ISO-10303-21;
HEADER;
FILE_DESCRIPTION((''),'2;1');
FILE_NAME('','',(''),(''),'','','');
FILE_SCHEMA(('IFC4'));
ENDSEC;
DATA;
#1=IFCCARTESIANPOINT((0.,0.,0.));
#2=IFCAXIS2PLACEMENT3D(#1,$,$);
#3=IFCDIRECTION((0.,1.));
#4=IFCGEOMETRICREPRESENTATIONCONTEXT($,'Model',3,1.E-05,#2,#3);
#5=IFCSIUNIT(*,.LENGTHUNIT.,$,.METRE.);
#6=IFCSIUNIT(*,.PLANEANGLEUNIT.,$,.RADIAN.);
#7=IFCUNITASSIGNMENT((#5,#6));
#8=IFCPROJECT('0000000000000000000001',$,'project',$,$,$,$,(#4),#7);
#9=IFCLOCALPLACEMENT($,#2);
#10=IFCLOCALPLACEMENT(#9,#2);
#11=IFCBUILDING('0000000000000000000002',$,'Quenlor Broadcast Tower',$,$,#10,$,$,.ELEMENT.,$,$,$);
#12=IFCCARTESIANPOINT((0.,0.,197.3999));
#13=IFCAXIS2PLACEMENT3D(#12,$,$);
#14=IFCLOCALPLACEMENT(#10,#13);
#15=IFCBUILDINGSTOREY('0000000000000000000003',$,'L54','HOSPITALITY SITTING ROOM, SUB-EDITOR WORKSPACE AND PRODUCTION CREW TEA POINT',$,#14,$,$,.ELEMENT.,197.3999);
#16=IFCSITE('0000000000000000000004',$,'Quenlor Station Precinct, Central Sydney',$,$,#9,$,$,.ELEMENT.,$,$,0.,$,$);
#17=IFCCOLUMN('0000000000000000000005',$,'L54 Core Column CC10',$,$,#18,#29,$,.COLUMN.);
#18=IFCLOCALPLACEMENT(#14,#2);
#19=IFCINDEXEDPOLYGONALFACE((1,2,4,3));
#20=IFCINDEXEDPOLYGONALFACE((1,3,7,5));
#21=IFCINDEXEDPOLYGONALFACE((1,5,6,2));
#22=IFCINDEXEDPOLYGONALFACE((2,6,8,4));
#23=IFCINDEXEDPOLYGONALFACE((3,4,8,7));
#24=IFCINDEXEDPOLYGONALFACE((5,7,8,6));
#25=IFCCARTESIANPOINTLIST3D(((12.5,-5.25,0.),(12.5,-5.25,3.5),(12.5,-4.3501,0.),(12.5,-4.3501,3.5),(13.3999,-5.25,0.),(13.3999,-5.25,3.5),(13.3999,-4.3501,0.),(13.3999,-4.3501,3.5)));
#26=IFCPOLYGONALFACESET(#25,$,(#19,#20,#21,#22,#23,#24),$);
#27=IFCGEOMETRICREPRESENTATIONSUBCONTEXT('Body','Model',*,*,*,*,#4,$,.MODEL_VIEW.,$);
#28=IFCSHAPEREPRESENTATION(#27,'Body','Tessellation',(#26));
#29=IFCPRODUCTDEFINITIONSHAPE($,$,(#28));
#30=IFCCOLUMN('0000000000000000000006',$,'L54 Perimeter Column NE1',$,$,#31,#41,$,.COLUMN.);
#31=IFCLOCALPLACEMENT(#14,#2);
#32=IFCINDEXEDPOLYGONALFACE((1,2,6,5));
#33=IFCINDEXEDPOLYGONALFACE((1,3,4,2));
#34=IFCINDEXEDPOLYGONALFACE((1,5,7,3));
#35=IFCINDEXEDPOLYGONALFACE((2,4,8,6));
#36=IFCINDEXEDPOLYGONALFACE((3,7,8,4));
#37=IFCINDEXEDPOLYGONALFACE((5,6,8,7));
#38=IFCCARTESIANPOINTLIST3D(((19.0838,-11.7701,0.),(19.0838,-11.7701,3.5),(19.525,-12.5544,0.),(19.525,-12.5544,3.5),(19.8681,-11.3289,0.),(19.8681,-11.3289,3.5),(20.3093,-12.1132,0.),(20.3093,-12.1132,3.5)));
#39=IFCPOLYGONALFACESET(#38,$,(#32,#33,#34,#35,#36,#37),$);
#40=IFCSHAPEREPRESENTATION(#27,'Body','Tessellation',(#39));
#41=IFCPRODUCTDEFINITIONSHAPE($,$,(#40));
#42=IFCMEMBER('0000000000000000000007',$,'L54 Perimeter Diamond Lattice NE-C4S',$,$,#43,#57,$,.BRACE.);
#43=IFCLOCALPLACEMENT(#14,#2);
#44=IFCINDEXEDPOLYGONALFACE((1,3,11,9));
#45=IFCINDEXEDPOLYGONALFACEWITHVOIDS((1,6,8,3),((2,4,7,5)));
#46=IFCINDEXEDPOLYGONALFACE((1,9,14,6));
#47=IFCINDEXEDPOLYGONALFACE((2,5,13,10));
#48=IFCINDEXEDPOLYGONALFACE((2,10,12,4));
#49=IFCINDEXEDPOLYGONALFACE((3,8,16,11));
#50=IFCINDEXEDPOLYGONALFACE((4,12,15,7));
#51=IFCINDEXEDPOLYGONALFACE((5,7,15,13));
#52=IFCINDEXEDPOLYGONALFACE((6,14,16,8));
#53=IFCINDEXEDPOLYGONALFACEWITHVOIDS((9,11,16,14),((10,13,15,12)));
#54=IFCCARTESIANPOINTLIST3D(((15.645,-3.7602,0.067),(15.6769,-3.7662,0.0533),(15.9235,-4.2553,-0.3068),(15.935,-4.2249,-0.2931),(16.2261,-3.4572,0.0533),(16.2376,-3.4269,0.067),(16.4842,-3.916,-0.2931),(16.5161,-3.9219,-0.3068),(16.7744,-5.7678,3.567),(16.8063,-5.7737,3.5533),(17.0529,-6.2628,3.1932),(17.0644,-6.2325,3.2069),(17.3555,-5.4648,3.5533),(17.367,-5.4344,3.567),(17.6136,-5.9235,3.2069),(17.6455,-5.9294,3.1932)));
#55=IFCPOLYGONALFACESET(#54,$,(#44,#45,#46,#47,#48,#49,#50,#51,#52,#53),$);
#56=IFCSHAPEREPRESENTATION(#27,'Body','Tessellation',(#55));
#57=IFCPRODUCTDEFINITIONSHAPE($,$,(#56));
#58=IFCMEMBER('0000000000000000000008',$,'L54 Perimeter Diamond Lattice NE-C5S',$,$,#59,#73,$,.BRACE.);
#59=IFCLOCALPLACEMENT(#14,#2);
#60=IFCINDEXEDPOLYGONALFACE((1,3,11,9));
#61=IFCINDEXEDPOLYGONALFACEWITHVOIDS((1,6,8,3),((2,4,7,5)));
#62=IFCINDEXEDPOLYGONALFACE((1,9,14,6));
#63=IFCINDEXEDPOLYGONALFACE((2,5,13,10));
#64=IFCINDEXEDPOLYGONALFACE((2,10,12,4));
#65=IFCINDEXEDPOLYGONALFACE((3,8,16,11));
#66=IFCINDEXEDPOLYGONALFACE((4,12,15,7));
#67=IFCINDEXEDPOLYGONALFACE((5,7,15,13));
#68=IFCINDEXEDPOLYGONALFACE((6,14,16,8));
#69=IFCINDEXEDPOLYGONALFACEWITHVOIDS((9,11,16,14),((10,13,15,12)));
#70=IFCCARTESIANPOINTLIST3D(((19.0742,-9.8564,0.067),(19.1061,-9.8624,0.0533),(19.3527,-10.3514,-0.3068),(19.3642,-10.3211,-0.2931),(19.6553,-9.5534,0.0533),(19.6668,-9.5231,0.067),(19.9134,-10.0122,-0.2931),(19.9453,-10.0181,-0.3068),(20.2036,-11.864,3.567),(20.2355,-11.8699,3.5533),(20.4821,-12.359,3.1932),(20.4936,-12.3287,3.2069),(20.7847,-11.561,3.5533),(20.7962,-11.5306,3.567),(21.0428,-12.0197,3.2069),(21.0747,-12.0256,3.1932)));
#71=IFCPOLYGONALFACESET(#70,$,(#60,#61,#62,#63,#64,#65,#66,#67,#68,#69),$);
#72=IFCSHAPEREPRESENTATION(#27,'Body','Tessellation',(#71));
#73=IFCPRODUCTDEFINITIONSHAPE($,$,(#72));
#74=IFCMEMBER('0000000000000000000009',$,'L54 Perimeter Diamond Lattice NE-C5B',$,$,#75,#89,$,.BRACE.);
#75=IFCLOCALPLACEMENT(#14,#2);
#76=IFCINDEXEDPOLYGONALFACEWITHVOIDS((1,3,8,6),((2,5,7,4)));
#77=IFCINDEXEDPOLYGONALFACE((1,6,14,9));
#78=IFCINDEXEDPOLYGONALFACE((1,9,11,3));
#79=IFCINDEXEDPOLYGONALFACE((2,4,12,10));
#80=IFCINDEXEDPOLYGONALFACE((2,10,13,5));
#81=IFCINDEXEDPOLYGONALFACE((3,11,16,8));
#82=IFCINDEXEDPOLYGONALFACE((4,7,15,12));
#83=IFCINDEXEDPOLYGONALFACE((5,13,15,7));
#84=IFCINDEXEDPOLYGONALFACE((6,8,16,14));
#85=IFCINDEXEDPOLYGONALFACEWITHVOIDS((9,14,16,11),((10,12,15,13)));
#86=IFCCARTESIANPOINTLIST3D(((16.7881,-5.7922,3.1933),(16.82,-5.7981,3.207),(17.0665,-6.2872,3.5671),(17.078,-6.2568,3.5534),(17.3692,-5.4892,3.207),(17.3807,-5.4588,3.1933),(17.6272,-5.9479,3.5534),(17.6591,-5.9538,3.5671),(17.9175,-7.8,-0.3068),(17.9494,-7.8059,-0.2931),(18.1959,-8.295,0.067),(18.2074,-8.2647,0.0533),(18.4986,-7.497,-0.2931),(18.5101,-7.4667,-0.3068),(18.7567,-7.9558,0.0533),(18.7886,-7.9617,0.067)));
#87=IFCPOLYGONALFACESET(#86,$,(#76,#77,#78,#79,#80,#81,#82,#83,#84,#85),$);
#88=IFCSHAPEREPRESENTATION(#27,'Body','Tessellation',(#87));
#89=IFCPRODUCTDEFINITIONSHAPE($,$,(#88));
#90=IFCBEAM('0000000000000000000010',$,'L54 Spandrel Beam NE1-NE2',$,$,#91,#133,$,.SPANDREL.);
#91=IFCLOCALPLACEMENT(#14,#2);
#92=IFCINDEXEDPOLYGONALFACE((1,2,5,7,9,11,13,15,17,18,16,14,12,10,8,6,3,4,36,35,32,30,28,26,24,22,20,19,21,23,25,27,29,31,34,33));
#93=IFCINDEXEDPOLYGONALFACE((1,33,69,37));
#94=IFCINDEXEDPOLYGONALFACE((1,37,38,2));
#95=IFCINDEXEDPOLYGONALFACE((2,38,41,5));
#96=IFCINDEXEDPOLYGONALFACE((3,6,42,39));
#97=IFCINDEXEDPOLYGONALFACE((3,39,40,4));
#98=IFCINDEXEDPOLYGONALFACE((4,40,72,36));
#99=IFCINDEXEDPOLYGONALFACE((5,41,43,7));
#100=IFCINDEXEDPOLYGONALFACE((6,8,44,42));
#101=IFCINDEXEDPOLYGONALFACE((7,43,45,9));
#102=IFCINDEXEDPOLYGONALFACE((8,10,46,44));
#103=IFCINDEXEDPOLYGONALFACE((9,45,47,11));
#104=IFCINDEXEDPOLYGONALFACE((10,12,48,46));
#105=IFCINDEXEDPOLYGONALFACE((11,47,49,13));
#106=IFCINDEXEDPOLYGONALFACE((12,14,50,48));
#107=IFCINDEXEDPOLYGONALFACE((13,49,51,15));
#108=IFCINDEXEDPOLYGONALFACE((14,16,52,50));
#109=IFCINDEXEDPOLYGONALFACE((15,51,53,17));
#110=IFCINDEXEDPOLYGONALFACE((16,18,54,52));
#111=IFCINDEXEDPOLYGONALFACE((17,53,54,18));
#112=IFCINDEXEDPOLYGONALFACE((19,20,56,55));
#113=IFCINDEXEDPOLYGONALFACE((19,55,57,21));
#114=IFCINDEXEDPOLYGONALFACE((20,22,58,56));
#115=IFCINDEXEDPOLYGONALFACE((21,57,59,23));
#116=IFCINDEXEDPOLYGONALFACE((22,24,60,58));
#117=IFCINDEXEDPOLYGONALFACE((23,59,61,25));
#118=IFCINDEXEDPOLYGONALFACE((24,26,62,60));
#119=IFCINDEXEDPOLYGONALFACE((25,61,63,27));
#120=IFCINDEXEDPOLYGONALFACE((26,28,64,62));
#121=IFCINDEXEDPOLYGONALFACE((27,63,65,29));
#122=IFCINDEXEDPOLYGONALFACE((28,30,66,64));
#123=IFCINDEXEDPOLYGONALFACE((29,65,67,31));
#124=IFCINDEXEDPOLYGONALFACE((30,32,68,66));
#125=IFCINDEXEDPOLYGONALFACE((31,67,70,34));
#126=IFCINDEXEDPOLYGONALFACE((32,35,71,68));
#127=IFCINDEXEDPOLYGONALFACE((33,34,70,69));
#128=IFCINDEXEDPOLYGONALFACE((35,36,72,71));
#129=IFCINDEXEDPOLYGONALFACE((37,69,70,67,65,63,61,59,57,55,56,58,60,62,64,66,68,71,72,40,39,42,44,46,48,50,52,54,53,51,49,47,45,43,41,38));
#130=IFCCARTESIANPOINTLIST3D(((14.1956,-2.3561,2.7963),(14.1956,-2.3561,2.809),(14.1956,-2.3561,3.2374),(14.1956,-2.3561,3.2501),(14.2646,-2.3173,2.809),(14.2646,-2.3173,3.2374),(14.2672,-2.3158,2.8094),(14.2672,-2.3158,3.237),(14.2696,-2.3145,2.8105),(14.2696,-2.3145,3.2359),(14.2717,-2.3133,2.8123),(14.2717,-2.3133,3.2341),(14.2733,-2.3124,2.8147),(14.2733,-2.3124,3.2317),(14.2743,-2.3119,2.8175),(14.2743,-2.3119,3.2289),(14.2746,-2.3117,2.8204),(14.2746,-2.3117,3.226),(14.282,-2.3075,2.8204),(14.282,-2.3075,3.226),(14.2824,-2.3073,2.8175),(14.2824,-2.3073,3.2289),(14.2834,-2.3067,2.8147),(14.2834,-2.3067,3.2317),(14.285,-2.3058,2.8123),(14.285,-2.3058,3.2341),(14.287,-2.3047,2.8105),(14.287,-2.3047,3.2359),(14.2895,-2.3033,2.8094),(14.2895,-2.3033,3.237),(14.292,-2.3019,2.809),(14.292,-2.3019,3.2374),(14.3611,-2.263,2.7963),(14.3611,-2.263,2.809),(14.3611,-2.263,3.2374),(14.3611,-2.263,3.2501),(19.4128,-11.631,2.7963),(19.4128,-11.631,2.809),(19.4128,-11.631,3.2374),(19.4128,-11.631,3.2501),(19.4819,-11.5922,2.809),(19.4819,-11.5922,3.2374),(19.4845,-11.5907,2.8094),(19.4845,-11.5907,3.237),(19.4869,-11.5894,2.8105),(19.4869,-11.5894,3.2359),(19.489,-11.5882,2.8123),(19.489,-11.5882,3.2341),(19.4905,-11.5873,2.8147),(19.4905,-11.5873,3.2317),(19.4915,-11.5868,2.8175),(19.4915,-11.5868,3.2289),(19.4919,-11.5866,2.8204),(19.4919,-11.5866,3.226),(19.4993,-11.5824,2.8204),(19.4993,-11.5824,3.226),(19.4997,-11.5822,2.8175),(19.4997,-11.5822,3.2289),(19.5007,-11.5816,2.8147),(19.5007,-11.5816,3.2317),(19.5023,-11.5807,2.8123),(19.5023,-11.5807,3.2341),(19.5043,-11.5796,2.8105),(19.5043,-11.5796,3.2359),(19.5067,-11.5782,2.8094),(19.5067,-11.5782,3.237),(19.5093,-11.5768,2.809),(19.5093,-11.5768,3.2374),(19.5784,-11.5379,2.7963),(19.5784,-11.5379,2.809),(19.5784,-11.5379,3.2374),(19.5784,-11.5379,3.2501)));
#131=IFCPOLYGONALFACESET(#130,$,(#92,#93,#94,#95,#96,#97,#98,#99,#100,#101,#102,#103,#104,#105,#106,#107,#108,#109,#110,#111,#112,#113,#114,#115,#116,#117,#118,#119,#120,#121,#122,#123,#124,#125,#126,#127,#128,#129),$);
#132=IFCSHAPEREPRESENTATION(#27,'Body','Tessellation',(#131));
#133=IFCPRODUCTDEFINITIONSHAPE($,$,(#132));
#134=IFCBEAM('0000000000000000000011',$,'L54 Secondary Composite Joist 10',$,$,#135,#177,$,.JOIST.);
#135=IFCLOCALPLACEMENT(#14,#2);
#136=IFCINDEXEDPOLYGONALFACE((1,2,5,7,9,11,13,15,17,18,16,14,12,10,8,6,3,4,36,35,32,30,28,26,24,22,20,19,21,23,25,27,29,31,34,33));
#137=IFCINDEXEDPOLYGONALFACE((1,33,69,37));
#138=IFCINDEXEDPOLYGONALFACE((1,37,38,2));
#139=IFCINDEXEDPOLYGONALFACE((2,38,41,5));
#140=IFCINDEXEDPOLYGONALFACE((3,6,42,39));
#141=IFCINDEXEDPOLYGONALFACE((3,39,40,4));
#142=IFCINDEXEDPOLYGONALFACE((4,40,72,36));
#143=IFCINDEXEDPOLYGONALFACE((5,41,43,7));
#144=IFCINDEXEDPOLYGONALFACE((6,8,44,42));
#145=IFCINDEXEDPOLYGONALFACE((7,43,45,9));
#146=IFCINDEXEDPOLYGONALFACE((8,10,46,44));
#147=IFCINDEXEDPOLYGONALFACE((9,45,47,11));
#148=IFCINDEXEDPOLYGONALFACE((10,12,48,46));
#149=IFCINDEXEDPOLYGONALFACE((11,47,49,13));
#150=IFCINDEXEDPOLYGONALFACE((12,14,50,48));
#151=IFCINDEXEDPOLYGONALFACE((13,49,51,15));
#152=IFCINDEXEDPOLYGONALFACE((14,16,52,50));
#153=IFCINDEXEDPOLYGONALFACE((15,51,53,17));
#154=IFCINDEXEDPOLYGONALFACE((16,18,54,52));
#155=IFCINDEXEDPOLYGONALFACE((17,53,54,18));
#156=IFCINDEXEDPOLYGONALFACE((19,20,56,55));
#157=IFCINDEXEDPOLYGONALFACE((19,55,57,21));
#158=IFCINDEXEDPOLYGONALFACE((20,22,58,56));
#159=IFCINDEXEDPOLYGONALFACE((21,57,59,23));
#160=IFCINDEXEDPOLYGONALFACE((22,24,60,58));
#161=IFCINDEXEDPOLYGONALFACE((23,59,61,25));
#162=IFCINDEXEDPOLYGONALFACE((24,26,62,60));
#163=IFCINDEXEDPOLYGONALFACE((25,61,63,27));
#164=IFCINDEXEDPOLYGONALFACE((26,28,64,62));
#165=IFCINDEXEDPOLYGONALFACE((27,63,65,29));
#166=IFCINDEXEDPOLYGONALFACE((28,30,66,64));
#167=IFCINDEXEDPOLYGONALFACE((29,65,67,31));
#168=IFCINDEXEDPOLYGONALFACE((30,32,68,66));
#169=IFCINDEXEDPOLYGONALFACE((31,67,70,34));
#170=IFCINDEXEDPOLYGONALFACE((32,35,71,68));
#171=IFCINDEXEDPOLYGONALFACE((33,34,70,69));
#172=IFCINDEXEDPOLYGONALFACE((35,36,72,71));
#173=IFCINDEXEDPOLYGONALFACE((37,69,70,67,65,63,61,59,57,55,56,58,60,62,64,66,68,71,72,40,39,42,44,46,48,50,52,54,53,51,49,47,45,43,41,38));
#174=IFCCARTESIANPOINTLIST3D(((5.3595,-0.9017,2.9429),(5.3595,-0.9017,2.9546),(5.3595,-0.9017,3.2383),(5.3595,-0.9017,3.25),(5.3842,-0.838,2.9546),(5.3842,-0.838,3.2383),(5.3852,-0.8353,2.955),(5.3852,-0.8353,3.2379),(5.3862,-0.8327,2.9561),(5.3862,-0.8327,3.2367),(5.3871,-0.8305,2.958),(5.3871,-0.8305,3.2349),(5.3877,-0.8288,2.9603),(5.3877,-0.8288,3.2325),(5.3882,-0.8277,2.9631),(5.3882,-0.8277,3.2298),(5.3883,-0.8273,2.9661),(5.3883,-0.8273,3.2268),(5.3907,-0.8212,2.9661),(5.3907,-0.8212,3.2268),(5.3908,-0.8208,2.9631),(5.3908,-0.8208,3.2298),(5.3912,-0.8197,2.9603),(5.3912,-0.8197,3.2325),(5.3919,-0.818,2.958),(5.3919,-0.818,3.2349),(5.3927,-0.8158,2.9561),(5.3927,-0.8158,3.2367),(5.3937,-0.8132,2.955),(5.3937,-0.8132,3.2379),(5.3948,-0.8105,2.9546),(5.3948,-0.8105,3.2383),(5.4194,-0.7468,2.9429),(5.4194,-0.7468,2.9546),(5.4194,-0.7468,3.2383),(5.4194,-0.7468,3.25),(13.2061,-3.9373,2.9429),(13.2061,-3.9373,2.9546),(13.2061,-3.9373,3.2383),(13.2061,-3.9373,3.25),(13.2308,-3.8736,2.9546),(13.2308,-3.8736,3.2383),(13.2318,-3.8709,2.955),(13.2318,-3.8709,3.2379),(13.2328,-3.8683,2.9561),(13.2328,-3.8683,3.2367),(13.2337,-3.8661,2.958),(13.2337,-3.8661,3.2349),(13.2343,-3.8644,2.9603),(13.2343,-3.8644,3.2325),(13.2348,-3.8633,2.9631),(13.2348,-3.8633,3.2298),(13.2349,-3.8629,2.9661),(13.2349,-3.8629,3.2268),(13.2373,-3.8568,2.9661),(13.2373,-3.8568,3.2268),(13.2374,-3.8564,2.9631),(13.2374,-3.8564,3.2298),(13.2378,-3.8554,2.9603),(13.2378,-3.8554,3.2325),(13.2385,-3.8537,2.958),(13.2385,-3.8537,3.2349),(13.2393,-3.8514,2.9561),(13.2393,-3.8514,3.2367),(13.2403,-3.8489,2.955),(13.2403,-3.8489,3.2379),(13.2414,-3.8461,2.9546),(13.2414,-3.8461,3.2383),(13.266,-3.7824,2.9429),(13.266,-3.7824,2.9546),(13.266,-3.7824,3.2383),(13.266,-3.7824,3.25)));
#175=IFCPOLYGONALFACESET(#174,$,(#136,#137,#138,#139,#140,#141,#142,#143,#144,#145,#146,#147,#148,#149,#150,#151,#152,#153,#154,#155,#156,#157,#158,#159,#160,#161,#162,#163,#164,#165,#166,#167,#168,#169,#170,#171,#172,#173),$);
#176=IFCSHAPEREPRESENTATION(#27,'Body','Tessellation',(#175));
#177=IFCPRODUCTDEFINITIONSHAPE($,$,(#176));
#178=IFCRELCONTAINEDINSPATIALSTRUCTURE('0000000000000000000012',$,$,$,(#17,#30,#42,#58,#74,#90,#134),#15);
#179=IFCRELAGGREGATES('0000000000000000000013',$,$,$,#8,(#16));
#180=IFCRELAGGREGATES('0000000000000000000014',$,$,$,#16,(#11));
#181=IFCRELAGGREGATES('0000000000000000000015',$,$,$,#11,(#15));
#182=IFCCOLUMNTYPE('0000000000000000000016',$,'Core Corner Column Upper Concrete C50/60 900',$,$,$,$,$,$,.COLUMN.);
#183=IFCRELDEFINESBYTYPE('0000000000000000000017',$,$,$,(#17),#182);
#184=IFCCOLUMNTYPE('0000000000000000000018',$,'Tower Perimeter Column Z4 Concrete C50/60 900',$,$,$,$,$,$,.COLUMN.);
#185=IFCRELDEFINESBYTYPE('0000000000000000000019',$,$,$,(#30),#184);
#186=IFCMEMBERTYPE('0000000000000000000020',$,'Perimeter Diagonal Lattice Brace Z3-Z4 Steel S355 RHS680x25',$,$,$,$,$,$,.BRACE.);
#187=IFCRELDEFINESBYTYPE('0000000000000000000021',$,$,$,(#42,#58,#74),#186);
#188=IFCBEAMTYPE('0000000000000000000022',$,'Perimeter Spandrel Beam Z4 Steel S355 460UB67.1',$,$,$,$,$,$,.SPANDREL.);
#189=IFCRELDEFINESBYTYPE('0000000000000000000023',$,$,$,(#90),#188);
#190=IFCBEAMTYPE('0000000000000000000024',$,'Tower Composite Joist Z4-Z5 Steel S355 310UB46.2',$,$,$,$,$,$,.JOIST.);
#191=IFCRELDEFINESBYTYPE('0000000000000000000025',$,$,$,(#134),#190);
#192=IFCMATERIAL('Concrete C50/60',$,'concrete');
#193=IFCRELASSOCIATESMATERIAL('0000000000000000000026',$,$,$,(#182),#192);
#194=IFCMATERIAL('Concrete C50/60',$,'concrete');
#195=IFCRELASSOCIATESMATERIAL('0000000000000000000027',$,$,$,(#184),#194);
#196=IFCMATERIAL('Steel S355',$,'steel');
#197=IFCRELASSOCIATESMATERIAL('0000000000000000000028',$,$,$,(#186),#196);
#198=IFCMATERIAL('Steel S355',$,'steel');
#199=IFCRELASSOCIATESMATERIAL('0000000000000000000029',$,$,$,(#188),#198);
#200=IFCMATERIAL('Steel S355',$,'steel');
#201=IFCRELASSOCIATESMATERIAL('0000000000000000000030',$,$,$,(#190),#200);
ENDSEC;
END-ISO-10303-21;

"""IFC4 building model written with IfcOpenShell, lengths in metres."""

from ifc_helpers import new_model, si_unit, direction, frame, origin, origin_2d, place, context, subcontext, project, spatial, rectangle, hollow_rectangle, i_section, extrude, material, material_profile, profile_set, type_object, element, save


model = new_model("IFC4")

# Units and contexts
model_context = context("Model", 3, precision=1e-05, world=origin(), true_north=direction((0.0, 1.0)))
body_context = subcontext(model_context, "Body", "Model", "MODEL_VIEW")
ifc_project = project(units=[si_unit("LENGTHUNIT", "METRE"), si_unit("PLANEANGLEUNIT", "RADIAN")], contexts=[model_context])

# Site, building, storey
site_placement = place(None, origin())
site = spatial("IfcSite", under=ifc_project, at=site_placement, Name="Quenlor Station Precinct, Central Sydney", CompositionType="ELEMENT", RefElevation=0.0)
building_placement = place(site_placement, origin())
building = spatial("IfcBuilding", under=site, at=building_placement, Name="Quenlor Broadcast Tower", CompositionType="ELEMENT")
storey_placement = place(building_placement, frame((0.0, 0.0, 197.3999)))
storey = spatial("IfcBuildingStorey", under=building, at=storey_placement, Name="L54", Description="HOSPITALITY SITTING ROOM, SUB-EDITOR WORKSPACE AND PRODUCTION CREW TEA POINT", CompositionType="ELEMENT", Elevation=197.3999)

# Columns
ifc_material_1 = material(Name="Concrete C50/60", Category="concrete")
ifc_material_profile_1 = material_profile(ifc_material_1, rectangle(XDim=0.8999, YDim=0.8999, at=origin_2d()))
ifc_profile_set_1 = profile_set([ifc_material_profile_1], Name="Concrete C50/60 RC900x900")
column_type_1 = type_object("IfcColumnType", Name="Core Corner Column Upper Concrete C50/60 900", PredefinedType="COLUMN", material=ifc_profile_set_1)
column_1_placement = place(storey_placement, frame((12.95, -4.8, 0.0), z_axis=(0.0, 0.0, 1.0), x_axis=(1.0, 0.0, 0.0)))
element("IfcColumn", 1, at=column_1_placement, inside=storey, type_object=column_type_1, Name="L54 Core Column CC10", PredefinedType="COLUMN", context=body_context, shape_type="SweptSolid", body=[
    extrude(rectangle(XDim=0.8999, YDim=0.8999, at=origin_2d()), origin(), (0.0, 0.0, 1.0), 3.5),
])
ifc_material_2 = material(Name="Concrete C50/60", Category="concrete")
ifc_material_profile_2 = material_profile(ifc_material_2, rectangle(XDim=0.8999, YDim=0.8999, at=origin_2d()))
ifc_profile_set_2 = profile_set([ifc_material_profile_2], Name="Concrete C50/60 RC900x900")
column_type_2 = type_object("IfcColumnType", Name="Tower Perimeter Column Z4 Concrete C50/60 900", PredefinedType="COLUMN", material=ifc_profile_set_2)
column_2_placement = place(storey_placement, frame((19.6965, -11.9417, 0.0), z_axis=(0.0, 0.0, 1.0), x_axis=(0.871575, 0.490262, 0.0)))
element("IfcColumn", 2, at=column_2_placement, inside=storey, type_object=column_type_2, Name="L54 Perimeter Column NE1", PredefinedType="COLUMN", context=body_context, shape_type="SweptSolid", body=[
    extrude(rectangle(XDim=0.8999, YDim=0.8999, at=origin_2d()), origin(), (0.0, 0.0, 1.0), 3.5),
])

# Members
ifc_material_3 = material(Name="Steel S355", Category="steel")
ifc_material_profile_3 = material_profile(ifc_material_3, hollow_rectangle(XDim=0.6799, YDim=0.6799, WallThickness=0.0249, at=origin_2d()))
ifc_profile_set_3 = profile_set([ifc_material_profile_3], Name="Steel S355 RHS680x680x25")
member_type = type_object("IfcMemberType", Name="Perimeter Diagonal Lattice Brace Z3-Z4 Steel S355 RHS680x25", PredefinedType="BRACE", material=ifc_profile_set_3)
for number, where, z_axis, x_axis, name in (
    (3, (16.0806, -3.8411, -0.1199), (0.269547, -0.479136, 0.835328), (0.87155, 0.490307, 0.0), "L54 Perimeter Diamond Lattice NE-C4S"),
    (4, (19.5098, -9.9373, -0.1199), (0.269547, -0.479136, 0.835328), (0.87155, 0.490307, 0.0), "L54 Perimeter Diamond Lattice NE-C5S"),
):
    element("IfcMember", number, at=place(storey_placement, frame(where, z_axis=z_axis, x_axis=x_axis)), inside=storey, type_object=member_type, Name=name, PredefinedType="BRACE", context=body_context, shape_type="SweptSolid", body=[
        extrude(hollow_rectangle(XDim=0.6799, YDim=0.6799, WallThickness=0.0249, at=origin_2d()), origin(), (0.0, 0.0, 1.0), 4.1899),
    ])
member_placement = place(storey_placement, frame((18.353, -7.8809, -0.1199), z_axis=(-0.26954, 0.479181, 0.835305), x_axis=(-0.871576, -0.490261, 0.0)))
element("IfcMember", 5, at=member_placement, inside=storey, type_object=member_type, Name="L54 Perimeter Diamond Lattice NE-C5B", PredefinedType="BRACE", context=body_context, shape_type="SweptSolid", body=[
    extrude(hollow_rectangle(XDim=0.6799, YDim=0.6799, WallThickness=0.0249, at=origin_2d()), origin(), (0.0, 0.0, 1.0), 4.1902),
])

# Beams
ifc_material_4 = material(Name="Steel S355", Category="steel")
ifc_material_profile_4 = material_profile(ifc_material_4, i_section(OverallWidth=0.1899, OverallDepth=0.4539, WebThickness=0.0085, FlangeThickness=0.0127, FilletRadius=0.0115, at=origin_2d()))
ifc_profile_set_4 = profile_set([ifc_material_profile_4], Name="Steel S355 460UB67.1")
beam_type_1 = type_object("IfcBeamType", Name="Perimeter Spandrel Beam Z4 Steel S355 460UB67.1", PredefinedType="SPANDREL", material=ifc_profile_set_4)
beam_1_placement = place(storey_placement, frame((19.4956, -11.5845, 3.0232), z_axis=(-0.490272, 0.871569, 0.0), x_axis=(-0.871569, -0.490272, 0.0)))
element("IfcBeam", 6, at=beam_1_placement, inside=storey, type_object=beam_type_1, Name="L54 Spandrel Beam NE1-NE2", PredefinedType="SPANDREL", context=body_context, shape_type="SweptSolid", body=[
    extrude(i_section(OverallWidth=0.1899, OverallDepth=0.4539, WebThickness=0.0085, FlangeThickness=0.0127, FilletRadius=0.0115, at=origin_2d()), origin(), (0.0, 0.0, 1.0), 10.6416),
])
ifc_material_5 = material(Name="Steel S355", Category="steel")
ifc_material_profile_5 = material_profile(ifc_material_5, i_section(OverallWidth=0.166, OverallDepth=0.3071, WebThickness=0.0066, FlangeThickness=0.0117, FilletRadius=0.0115, at=origin_2d()))
ifc_profile_set_5 = profile_set([ifc_material_profile_5], Name="Steel S355 310UB46.2")
beam_type_2 = type_object("IfcBeamType", Name="Tower Composite Joist Z4-Z5 Steel S355 310UB46.2", PredefinedType="JOIST", material=ifc_profile_set_5)
beam_2_placement = place(storey_placement, frame((13.2361, -3.8599, 3.0964), z_axis=(-0.932639, 0.36081, 0.0), x_axis=(-0.36081, -0.932639, 0.0)))
element("IfcBeam", 7, at=beam_2_placement, inside=storey, type_object=beam_type_2, Name="L54 Secondary Composite Joist 10", PredefinedType="JOIST", context=body_context, shape_type="SweptSolid", body=[
    extrude(i_section(OverallWidth=0.166, OverallDepth=0.3071, WebThickness=0.0066, FlangeThickness=0.0117, FilletRadius=0.0115, at=origin_2d()), origin(), (0.0, 0.0, 1.0), 8.4133),
])

save(model, "model.ifc")
